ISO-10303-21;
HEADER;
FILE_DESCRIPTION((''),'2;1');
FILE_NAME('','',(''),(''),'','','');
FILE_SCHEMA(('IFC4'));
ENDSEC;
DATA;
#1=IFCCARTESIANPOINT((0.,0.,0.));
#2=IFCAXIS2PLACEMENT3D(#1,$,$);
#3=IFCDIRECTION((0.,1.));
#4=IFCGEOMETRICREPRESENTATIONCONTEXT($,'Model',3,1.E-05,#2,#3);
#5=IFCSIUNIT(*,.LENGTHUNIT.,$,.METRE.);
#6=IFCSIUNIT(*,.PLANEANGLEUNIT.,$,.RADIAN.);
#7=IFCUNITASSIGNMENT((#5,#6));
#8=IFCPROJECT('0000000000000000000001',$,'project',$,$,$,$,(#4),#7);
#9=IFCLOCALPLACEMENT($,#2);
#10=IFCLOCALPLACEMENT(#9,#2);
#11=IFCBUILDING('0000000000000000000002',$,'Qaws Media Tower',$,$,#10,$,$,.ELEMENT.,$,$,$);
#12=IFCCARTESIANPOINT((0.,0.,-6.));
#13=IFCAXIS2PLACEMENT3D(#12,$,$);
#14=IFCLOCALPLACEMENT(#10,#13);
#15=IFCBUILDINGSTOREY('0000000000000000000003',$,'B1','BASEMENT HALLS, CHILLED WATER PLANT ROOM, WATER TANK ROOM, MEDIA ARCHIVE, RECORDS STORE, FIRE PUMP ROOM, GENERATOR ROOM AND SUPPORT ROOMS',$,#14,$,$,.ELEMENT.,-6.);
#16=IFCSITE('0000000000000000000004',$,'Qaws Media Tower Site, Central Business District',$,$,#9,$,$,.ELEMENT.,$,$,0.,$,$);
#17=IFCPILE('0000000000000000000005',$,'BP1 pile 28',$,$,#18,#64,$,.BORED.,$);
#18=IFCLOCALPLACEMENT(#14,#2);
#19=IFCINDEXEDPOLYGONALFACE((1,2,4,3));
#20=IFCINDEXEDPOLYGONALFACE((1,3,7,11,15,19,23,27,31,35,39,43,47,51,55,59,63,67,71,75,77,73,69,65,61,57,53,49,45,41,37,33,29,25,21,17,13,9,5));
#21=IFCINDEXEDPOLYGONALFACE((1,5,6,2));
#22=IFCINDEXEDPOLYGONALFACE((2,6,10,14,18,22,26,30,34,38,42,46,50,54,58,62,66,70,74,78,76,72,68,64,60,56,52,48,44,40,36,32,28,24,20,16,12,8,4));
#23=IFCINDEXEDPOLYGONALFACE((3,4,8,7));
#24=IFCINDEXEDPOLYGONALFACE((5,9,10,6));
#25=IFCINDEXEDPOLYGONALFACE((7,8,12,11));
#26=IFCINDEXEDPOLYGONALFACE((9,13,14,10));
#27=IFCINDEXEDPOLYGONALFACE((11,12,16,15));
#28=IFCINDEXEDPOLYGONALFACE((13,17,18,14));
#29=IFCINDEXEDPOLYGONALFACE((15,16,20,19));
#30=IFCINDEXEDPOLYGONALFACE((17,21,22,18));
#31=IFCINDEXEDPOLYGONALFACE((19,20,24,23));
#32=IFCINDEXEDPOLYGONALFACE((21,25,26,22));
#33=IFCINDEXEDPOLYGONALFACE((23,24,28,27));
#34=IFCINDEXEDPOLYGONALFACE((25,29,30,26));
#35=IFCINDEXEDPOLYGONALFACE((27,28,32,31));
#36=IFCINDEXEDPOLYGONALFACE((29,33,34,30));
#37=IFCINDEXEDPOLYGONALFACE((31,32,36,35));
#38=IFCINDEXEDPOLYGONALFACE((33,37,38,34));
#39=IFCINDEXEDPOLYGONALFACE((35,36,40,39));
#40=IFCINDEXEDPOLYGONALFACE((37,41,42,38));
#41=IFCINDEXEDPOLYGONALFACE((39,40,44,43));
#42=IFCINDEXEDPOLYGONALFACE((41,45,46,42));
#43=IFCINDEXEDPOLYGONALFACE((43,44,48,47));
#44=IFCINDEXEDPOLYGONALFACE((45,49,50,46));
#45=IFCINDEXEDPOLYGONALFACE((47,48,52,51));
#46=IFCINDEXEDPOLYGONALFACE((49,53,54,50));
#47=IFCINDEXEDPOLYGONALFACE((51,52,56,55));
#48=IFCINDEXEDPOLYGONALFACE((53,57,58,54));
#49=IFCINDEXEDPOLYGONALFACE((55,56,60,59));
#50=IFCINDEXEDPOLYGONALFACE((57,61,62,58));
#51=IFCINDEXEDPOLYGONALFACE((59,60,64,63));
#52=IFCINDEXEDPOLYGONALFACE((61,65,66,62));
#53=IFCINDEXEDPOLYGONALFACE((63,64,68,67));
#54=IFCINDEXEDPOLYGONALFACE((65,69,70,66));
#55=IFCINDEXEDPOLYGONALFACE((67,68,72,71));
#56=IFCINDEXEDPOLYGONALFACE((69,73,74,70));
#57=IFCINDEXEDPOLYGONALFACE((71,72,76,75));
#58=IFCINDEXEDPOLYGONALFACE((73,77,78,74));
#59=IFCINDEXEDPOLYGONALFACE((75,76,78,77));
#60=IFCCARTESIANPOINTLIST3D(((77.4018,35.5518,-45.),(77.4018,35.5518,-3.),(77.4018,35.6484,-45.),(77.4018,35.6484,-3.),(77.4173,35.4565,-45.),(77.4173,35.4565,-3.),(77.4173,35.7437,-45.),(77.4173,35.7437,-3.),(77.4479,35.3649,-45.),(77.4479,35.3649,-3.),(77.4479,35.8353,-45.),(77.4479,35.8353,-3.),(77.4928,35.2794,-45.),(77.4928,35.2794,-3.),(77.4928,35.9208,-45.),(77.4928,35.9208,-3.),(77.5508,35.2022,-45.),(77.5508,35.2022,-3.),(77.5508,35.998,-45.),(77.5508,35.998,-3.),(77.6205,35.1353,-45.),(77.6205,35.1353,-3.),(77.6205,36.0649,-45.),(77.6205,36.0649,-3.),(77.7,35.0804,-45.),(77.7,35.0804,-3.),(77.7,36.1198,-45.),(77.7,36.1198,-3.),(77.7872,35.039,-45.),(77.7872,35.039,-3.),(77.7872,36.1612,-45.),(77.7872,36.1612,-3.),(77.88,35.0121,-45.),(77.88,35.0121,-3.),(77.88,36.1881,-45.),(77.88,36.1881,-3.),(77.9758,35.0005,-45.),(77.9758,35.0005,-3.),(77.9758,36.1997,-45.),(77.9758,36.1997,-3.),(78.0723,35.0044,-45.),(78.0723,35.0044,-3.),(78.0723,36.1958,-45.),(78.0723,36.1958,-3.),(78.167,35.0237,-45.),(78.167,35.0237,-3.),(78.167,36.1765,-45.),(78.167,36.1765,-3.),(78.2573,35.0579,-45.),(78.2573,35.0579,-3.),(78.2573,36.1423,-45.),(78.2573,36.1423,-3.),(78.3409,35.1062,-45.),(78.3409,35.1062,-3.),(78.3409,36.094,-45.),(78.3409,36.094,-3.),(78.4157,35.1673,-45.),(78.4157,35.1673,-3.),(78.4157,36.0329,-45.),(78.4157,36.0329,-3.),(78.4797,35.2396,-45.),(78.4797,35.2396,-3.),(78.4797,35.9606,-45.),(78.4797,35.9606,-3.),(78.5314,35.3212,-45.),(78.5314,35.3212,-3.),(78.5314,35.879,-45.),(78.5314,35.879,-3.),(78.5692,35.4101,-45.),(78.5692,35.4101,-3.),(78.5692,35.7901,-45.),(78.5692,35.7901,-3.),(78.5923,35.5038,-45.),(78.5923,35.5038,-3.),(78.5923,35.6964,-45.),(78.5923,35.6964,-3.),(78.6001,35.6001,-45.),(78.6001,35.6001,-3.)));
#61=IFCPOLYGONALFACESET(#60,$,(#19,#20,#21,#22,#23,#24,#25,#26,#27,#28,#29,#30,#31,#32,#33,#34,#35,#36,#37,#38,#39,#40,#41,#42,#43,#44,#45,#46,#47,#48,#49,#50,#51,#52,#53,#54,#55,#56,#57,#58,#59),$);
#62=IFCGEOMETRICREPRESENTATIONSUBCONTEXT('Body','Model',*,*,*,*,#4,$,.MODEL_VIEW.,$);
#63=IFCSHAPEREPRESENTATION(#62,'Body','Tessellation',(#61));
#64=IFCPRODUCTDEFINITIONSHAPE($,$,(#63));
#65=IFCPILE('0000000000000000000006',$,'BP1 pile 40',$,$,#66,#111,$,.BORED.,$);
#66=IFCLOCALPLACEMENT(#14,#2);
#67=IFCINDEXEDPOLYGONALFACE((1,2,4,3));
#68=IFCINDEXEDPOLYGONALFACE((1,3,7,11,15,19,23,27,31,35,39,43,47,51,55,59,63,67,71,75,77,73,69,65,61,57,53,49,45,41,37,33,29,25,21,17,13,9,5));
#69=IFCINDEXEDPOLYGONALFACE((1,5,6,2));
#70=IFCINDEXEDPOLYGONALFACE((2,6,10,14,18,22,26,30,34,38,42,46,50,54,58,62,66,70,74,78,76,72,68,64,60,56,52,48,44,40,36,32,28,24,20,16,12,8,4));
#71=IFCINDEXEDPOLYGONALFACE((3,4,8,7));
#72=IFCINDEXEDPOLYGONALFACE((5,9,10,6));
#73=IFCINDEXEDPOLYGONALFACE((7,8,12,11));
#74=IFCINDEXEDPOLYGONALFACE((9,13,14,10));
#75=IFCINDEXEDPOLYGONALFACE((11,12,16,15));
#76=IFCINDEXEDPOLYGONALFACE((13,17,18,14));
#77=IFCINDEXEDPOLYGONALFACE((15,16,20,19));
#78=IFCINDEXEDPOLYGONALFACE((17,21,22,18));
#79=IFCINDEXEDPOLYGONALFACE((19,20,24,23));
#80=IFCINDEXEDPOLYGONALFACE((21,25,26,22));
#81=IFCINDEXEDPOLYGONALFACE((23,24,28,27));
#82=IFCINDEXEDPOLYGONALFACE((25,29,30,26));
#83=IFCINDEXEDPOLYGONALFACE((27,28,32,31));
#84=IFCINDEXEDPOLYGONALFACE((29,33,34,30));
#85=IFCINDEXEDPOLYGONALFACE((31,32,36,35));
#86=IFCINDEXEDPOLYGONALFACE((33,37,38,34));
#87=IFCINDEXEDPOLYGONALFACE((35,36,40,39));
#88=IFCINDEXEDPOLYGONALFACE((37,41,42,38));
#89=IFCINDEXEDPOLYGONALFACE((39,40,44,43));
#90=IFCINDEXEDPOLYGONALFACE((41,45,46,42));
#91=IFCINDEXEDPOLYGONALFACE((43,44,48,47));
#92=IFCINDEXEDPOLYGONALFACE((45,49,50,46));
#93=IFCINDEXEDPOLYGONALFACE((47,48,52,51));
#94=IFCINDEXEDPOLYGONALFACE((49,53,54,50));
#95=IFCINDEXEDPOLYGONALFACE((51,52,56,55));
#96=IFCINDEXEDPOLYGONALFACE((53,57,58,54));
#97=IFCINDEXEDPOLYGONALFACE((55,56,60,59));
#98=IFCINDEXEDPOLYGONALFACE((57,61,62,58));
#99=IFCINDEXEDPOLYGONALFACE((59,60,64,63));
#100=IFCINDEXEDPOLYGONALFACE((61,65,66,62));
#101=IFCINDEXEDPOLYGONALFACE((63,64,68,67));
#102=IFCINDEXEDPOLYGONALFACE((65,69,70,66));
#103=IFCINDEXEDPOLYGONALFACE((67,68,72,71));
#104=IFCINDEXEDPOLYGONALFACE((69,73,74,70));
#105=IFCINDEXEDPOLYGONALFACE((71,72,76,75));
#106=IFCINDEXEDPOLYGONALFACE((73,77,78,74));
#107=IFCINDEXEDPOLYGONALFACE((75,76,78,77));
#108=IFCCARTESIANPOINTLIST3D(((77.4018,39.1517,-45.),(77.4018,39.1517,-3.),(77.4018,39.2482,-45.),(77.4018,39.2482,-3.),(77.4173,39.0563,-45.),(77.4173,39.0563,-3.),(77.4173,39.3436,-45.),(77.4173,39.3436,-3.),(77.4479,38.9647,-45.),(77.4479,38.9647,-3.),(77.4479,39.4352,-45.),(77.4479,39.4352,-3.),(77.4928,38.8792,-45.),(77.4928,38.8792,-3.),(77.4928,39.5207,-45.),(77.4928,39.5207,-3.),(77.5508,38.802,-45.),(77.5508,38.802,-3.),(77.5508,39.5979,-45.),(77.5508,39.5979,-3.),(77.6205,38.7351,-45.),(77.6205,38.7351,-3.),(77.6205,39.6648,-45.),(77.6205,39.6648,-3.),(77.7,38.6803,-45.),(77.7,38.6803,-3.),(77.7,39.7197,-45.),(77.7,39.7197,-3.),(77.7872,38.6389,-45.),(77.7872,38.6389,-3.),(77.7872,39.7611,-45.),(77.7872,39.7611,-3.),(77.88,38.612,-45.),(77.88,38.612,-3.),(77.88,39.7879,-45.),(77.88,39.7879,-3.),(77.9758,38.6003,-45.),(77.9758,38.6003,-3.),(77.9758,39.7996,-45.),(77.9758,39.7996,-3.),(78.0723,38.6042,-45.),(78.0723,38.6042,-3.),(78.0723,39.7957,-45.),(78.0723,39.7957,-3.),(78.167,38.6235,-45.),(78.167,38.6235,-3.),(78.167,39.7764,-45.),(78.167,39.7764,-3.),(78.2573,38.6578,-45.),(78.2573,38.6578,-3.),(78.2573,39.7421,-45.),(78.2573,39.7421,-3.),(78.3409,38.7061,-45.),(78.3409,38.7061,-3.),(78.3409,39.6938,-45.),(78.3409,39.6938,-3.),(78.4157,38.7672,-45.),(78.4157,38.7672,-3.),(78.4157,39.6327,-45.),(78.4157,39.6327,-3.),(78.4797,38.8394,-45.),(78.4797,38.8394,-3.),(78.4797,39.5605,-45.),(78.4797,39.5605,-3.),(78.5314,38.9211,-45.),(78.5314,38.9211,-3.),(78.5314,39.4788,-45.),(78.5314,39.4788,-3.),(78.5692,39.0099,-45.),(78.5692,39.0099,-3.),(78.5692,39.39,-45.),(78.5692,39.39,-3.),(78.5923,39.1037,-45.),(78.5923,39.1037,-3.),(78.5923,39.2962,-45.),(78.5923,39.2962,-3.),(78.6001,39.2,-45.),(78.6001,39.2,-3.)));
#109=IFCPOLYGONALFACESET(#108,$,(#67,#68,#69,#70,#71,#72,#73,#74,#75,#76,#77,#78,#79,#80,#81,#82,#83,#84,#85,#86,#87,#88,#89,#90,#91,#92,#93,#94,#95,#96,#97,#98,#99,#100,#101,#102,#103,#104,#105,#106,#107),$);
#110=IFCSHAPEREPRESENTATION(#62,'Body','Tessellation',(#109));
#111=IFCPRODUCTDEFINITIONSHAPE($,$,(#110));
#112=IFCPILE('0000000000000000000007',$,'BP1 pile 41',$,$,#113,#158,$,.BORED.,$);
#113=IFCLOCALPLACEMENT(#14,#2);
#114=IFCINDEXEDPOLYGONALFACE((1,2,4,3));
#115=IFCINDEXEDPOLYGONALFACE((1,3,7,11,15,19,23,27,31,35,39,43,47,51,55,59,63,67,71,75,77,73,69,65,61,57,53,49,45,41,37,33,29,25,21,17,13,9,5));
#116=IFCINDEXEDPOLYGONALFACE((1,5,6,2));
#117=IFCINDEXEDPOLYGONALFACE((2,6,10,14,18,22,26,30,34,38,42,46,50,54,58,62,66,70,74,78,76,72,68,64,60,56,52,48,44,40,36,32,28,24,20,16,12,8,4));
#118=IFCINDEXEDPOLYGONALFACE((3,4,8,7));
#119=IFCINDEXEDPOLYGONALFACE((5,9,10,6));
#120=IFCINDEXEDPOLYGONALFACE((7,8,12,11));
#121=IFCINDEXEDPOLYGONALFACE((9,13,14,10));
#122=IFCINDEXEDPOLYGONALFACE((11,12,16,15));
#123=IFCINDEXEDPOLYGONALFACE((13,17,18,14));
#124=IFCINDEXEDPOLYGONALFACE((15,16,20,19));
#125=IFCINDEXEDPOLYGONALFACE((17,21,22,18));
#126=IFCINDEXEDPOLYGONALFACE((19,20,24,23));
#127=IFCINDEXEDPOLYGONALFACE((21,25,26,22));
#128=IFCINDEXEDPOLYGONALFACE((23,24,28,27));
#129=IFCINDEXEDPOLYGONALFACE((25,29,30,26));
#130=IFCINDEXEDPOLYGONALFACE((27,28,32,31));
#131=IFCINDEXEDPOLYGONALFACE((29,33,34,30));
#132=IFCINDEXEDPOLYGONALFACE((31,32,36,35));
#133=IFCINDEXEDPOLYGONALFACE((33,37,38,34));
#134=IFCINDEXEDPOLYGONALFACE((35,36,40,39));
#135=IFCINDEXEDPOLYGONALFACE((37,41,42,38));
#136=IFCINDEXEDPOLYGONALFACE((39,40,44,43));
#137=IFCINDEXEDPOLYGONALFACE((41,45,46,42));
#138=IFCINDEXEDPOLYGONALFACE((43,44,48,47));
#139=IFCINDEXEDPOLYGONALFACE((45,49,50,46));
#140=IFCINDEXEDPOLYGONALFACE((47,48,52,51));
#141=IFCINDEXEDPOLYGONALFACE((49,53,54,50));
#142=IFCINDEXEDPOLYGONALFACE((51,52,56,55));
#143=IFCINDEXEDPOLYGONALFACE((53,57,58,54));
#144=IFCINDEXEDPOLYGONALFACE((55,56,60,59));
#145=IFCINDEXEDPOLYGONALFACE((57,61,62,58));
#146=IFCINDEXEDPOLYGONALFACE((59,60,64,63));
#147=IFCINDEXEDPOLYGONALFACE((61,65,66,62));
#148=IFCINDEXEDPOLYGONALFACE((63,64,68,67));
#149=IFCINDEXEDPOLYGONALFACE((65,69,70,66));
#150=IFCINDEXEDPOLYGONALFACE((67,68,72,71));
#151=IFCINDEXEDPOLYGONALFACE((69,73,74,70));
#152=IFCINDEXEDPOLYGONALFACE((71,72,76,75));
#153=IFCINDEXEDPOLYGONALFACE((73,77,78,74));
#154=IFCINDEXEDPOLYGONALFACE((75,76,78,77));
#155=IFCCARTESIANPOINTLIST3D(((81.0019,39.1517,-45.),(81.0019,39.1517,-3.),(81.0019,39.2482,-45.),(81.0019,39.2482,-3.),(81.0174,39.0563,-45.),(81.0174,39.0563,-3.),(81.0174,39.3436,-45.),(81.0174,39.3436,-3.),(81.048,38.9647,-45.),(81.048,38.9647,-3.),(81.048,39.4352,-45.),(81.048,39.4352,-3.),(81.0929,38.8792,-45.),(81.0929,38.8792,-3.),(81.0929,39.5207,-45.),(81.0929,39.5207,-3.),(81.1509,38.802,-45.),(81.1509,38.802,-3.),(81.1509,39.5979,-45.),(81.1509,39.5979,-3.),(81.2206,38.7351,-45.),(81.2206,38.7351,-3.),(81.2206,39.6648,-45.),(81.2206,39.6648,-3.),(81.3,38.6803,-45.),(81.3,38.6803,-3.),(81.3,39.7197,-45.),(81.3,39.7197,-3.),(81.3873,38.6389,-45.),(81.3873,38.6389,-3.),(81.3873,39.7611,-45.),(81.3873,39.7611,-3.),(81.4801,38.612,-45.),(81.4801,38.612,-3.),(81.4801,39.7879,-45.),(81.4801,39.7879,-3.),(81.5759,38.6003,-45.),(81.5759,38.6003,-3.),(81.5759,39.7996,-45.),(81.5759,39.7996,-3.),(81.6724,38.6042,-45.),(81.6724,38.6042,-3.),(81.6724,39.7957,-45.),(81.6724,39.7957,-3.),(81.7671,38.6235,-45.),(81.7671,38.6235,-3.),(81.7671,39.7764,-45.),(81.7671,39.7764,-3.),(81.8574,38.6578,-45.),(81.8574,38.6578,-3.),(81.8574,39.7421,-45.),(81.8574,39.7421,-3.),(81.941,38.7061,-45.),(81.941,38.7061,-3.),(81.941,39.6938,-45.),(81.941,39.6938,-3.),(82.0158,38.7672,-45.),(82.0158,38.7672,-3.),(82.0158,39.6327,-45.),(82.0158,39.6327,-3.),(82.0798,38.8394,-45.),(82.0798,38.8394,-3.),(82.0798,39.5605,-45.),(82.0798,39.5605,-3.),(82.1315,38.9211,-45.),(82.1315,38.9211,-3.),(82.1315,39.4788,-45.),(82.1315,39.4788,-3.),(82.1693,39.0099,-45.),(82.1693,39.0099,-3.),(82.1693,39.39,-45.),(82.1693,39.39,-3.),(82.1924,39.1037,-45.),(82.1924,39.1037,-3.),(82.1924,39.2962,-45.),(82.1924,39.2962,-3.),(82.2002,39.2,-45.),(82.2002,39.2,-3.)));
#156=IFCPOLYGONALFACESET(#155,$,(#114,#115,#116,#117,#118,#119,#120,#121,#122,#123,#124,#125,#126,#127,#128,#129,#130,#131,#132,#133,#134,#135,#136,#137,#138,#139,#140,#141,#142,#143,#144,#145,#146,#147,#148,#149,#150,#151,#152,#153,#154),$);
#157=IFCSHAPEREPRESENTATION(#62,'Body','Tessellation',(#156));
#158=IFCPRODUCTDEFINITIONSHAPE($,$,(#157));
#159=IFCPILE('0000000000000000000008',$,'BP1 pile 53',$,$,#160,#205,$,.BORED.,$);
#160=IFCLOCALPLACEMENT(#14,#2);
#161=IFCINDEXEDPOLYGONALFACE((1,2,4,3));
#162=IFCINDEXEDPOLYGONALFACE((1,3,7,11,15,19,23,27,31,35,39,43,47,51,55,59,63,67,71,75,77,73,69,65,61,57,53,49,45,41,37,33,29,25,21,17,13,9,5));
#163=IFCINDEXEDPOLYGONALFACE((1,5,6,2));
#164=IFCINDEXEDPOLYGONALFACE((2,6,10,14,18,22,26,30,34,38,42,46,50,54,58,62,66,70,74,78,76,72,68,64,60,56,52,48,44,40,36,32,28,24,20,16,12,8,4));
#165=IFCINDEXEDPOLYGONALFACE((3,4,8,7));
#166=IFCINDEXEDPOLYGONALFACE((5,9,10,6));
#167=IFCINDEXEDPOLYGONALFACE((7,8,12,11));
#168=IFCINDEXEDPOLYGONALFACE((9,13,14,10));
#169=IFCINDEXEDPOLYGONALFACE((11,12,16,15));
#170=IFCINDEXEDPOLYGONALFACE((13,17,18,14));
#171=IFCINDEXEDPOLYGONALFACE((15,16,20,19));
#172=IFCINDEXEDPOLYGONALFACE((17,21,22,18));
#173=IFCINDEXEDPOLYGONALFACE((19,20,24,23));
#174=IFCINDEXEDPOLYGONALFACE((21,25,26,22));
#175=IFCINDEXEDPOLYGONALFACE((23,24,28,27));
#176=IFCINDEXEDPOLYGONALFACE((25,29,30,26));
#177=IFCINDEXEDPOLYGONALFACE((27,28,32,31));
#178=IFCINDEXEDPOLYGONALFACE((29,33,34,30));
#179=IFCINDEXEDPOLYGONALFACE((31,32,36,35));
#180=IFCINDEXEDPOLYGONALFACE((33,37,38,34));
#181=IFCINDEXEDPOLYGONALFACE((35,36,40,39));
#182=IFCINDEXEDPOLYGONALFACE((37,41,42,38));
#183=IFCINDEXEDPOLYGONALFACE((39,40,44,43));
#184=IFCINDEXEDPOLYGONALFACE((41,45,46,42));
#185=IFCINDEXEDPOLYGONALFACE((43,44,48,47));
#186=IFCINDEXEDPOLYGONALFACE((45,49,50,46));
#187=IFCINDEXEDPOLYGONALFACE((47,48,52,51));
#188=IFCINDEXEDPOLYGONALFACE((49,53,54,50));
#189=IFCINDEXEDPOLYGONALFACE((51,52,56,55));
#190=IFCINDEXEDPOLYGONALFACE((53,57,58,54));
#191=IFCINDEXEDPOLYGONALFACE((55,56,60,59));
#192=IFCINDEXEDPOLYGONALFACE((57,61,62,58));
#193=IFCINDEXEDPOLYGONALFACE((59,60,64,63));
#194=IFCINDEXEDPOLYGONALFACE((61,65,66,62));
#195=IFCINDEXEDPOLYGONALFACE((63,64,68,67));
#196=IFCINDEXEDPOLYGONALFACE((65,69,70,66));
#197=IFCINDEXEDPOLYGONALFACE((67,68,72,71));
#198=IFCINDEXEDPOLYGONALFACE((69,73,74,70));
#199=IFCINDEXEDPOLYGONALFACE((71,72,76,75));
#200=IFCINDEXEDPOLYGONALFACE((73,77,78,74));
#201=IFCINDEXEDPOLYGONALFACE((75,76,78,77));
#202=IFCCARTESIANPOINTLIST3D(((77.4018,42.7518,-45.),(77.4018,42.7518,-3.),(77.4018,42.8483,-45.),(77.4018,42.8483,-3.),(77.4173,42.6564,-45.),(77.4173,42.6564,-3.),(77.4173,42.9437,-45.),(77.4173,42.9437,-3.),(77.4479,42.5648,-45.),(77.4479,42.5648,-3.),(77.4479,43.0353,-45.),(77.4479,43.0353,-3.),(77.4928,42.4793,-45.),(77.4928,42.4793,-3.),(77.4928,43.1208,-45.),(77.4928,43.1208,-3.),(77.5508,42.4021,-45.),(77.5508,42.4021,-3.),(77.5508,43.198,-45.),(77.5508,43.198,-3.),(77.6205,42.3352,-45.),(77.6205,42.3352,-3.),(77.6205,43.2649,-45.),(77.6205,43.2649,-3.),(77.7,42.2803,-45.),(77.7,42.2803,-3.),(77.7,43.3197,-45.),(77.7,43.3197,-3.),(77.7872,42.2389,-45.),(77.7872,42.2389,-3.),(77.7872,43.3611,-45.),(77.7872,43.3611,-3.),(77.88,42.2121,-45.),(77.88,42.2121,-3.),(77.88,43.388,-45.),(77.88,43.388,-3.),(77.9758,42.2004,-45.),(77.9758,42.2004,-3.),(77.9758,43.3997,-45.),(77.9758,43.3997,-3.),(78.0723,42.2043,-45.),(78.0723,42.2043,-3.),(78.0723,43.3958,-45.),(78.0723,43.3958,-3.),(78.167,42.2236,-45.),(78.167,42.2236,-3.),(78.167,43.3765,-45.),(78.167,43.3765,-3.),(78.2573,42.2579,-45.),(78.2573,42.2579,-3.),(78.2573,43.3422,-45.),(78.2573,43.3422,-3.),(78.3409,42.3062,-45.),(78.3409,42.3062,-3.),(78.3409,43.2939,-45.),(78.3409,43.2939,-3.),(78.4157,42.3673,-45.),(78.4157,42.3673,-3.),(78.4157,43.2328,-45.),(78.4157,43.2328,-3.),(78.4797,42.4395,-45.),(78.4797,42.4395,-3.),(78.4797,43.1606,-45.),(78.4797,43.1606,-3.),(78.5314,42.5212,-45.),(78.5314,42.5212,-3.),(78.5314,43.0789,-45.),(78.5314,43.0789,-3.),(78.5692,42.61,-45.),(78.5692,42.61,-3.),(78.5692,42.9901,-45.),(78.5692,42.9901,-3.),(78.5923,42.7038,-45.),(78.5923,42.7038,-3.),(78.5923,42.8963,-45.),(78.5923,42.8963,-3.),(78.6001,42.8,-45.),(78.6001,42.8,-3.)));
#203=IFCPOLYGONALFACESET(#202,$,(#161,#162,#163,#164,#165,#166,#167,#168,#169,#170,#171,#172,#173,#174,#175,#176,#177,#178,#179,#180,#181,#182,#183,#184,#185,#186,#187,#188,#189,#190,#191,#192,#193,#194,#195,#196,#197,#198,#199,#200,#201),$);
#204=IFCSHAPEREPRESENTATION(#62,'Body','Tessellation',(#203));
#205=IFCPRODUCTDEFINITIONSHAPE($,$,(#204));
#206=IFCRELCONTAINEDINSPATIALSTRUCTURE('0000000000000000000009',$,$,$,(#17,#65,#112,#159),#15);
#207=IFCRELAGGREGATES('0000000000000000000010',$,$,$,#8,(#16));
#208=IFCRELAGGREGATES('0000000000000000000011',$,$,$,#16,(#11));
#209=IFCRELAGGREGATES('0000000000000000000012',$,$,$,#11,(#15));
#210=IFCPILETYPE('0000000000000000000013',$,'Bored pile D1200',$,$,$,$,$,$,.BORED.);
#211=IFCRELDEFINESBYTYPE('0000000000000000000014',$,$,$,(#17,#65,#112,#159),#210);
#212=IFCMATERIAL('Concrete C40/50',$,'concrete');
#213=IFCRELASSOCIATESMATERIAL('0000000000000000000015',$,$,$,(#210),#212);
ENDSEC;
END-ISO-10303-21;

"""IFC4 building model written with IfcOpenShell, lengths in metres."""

from ifc_helpers import new_model, si_unit, direction, frame, origin, origin_2d, place, context, subcontext, project, spatial, circle, extrude, material, material_profile, profile_set, type_object, element, save


model = new_model("IFC4")

# Units and contexts
model_context = context("Model", 3, precision=1e-05, world=origin(), true_north=direction((0.0, 1.0)))
body_context = subcontext(model_context, "Body", "Model", "MODEL_VIEW")
ifc_project = project(units=[si_unit("LENGTHUNIT", "METRE"), si_unit("PLANEANGLEUNIT", "RADIAN")], contexts=[model_context])

# Site, building, storey
site_placement = place(None, origin())
site = spatial("IfcSite", under=ifc_project, at=site_placement, Name="Qaws Media Tower Site, Central Business District", CompositionType="ELEMENT", RefElevation=0.0)
building_placement = place(site_placement, origin())
building = spatial("IfcBuilding", under=site, at=building_placement, Name="Qaws Media Tower", CompositionType="ELEMENT")
storey_placement = place(building_placement, frame((0.0, 0.0, -6.0)))
storey = spatial("IfcBuildingStorey", under=building, at=storey_placement, Name="B1", Description="BASEMENT HALLS, CHILLED WATER PLANT ROOM, WATER TANK ROOM, MEDIA ARCHIVE, RECORDS STORE, FIRE PUMP ROOM, GENERATOR ROOM AND SUPPORT ROOMS", CompositionType="ELEMENT", Elevation=-6.0)

# Piles
ifc_material_1 = material(Name="Concrete C40/50", Category="concrete")
ifc_material_profile_1 = material_profile(ifc_material_1, circle(Radius=0.6001, at=origin_2d()), Name="D1200")
ifc_profile_set_1 = profile_set([ifc_material_profile_1], Name="Concrete C40/50")
pile_type_1 = type_object("IfcPileType", Name="Bored pile D1200", PredefinedType="BORED", material=ifc_profile_set_1)
for number, where, z_axis, x_axis, name in (
    (1, (78.0, 35.6001, -3.0), (0.0, 0.0, -1.0), (1.0, 0.0, 0.0), "BP1 pile 28"),
    (2, (78.0, 39.2, -3.0), (0.0, 0.0, -1.0), (1.0, 0.0, 0.0), "BP1 pile 40"),
    (3, (81.6001, 39.2, -3.0), (0.0, 0.0, -1.0), (1.0, 0.0, 0.0), "BP1 pile 41"),
    (4, (78.0, 42.8, -3.0), (0.0, 0.0, -1.0), (1.0, 0.0, 0.0), "BP1 pile 53"),
):
    element("IfcPile", number, at=place(storey_placement, frame(where, z_axis=z_axis, x_axis=x_axis)), inside=storey, type_object=pile_type_1, Name=name, PredefinedType="BORED", context=body_context, shape_type="SweptSolid", body=[
        extrude(circle(Radius=0.6001, at=origin_2d()), origin(), (0.0, 0.0, 1.0), 42.0),
    ])

save(model, "model.ifc")
